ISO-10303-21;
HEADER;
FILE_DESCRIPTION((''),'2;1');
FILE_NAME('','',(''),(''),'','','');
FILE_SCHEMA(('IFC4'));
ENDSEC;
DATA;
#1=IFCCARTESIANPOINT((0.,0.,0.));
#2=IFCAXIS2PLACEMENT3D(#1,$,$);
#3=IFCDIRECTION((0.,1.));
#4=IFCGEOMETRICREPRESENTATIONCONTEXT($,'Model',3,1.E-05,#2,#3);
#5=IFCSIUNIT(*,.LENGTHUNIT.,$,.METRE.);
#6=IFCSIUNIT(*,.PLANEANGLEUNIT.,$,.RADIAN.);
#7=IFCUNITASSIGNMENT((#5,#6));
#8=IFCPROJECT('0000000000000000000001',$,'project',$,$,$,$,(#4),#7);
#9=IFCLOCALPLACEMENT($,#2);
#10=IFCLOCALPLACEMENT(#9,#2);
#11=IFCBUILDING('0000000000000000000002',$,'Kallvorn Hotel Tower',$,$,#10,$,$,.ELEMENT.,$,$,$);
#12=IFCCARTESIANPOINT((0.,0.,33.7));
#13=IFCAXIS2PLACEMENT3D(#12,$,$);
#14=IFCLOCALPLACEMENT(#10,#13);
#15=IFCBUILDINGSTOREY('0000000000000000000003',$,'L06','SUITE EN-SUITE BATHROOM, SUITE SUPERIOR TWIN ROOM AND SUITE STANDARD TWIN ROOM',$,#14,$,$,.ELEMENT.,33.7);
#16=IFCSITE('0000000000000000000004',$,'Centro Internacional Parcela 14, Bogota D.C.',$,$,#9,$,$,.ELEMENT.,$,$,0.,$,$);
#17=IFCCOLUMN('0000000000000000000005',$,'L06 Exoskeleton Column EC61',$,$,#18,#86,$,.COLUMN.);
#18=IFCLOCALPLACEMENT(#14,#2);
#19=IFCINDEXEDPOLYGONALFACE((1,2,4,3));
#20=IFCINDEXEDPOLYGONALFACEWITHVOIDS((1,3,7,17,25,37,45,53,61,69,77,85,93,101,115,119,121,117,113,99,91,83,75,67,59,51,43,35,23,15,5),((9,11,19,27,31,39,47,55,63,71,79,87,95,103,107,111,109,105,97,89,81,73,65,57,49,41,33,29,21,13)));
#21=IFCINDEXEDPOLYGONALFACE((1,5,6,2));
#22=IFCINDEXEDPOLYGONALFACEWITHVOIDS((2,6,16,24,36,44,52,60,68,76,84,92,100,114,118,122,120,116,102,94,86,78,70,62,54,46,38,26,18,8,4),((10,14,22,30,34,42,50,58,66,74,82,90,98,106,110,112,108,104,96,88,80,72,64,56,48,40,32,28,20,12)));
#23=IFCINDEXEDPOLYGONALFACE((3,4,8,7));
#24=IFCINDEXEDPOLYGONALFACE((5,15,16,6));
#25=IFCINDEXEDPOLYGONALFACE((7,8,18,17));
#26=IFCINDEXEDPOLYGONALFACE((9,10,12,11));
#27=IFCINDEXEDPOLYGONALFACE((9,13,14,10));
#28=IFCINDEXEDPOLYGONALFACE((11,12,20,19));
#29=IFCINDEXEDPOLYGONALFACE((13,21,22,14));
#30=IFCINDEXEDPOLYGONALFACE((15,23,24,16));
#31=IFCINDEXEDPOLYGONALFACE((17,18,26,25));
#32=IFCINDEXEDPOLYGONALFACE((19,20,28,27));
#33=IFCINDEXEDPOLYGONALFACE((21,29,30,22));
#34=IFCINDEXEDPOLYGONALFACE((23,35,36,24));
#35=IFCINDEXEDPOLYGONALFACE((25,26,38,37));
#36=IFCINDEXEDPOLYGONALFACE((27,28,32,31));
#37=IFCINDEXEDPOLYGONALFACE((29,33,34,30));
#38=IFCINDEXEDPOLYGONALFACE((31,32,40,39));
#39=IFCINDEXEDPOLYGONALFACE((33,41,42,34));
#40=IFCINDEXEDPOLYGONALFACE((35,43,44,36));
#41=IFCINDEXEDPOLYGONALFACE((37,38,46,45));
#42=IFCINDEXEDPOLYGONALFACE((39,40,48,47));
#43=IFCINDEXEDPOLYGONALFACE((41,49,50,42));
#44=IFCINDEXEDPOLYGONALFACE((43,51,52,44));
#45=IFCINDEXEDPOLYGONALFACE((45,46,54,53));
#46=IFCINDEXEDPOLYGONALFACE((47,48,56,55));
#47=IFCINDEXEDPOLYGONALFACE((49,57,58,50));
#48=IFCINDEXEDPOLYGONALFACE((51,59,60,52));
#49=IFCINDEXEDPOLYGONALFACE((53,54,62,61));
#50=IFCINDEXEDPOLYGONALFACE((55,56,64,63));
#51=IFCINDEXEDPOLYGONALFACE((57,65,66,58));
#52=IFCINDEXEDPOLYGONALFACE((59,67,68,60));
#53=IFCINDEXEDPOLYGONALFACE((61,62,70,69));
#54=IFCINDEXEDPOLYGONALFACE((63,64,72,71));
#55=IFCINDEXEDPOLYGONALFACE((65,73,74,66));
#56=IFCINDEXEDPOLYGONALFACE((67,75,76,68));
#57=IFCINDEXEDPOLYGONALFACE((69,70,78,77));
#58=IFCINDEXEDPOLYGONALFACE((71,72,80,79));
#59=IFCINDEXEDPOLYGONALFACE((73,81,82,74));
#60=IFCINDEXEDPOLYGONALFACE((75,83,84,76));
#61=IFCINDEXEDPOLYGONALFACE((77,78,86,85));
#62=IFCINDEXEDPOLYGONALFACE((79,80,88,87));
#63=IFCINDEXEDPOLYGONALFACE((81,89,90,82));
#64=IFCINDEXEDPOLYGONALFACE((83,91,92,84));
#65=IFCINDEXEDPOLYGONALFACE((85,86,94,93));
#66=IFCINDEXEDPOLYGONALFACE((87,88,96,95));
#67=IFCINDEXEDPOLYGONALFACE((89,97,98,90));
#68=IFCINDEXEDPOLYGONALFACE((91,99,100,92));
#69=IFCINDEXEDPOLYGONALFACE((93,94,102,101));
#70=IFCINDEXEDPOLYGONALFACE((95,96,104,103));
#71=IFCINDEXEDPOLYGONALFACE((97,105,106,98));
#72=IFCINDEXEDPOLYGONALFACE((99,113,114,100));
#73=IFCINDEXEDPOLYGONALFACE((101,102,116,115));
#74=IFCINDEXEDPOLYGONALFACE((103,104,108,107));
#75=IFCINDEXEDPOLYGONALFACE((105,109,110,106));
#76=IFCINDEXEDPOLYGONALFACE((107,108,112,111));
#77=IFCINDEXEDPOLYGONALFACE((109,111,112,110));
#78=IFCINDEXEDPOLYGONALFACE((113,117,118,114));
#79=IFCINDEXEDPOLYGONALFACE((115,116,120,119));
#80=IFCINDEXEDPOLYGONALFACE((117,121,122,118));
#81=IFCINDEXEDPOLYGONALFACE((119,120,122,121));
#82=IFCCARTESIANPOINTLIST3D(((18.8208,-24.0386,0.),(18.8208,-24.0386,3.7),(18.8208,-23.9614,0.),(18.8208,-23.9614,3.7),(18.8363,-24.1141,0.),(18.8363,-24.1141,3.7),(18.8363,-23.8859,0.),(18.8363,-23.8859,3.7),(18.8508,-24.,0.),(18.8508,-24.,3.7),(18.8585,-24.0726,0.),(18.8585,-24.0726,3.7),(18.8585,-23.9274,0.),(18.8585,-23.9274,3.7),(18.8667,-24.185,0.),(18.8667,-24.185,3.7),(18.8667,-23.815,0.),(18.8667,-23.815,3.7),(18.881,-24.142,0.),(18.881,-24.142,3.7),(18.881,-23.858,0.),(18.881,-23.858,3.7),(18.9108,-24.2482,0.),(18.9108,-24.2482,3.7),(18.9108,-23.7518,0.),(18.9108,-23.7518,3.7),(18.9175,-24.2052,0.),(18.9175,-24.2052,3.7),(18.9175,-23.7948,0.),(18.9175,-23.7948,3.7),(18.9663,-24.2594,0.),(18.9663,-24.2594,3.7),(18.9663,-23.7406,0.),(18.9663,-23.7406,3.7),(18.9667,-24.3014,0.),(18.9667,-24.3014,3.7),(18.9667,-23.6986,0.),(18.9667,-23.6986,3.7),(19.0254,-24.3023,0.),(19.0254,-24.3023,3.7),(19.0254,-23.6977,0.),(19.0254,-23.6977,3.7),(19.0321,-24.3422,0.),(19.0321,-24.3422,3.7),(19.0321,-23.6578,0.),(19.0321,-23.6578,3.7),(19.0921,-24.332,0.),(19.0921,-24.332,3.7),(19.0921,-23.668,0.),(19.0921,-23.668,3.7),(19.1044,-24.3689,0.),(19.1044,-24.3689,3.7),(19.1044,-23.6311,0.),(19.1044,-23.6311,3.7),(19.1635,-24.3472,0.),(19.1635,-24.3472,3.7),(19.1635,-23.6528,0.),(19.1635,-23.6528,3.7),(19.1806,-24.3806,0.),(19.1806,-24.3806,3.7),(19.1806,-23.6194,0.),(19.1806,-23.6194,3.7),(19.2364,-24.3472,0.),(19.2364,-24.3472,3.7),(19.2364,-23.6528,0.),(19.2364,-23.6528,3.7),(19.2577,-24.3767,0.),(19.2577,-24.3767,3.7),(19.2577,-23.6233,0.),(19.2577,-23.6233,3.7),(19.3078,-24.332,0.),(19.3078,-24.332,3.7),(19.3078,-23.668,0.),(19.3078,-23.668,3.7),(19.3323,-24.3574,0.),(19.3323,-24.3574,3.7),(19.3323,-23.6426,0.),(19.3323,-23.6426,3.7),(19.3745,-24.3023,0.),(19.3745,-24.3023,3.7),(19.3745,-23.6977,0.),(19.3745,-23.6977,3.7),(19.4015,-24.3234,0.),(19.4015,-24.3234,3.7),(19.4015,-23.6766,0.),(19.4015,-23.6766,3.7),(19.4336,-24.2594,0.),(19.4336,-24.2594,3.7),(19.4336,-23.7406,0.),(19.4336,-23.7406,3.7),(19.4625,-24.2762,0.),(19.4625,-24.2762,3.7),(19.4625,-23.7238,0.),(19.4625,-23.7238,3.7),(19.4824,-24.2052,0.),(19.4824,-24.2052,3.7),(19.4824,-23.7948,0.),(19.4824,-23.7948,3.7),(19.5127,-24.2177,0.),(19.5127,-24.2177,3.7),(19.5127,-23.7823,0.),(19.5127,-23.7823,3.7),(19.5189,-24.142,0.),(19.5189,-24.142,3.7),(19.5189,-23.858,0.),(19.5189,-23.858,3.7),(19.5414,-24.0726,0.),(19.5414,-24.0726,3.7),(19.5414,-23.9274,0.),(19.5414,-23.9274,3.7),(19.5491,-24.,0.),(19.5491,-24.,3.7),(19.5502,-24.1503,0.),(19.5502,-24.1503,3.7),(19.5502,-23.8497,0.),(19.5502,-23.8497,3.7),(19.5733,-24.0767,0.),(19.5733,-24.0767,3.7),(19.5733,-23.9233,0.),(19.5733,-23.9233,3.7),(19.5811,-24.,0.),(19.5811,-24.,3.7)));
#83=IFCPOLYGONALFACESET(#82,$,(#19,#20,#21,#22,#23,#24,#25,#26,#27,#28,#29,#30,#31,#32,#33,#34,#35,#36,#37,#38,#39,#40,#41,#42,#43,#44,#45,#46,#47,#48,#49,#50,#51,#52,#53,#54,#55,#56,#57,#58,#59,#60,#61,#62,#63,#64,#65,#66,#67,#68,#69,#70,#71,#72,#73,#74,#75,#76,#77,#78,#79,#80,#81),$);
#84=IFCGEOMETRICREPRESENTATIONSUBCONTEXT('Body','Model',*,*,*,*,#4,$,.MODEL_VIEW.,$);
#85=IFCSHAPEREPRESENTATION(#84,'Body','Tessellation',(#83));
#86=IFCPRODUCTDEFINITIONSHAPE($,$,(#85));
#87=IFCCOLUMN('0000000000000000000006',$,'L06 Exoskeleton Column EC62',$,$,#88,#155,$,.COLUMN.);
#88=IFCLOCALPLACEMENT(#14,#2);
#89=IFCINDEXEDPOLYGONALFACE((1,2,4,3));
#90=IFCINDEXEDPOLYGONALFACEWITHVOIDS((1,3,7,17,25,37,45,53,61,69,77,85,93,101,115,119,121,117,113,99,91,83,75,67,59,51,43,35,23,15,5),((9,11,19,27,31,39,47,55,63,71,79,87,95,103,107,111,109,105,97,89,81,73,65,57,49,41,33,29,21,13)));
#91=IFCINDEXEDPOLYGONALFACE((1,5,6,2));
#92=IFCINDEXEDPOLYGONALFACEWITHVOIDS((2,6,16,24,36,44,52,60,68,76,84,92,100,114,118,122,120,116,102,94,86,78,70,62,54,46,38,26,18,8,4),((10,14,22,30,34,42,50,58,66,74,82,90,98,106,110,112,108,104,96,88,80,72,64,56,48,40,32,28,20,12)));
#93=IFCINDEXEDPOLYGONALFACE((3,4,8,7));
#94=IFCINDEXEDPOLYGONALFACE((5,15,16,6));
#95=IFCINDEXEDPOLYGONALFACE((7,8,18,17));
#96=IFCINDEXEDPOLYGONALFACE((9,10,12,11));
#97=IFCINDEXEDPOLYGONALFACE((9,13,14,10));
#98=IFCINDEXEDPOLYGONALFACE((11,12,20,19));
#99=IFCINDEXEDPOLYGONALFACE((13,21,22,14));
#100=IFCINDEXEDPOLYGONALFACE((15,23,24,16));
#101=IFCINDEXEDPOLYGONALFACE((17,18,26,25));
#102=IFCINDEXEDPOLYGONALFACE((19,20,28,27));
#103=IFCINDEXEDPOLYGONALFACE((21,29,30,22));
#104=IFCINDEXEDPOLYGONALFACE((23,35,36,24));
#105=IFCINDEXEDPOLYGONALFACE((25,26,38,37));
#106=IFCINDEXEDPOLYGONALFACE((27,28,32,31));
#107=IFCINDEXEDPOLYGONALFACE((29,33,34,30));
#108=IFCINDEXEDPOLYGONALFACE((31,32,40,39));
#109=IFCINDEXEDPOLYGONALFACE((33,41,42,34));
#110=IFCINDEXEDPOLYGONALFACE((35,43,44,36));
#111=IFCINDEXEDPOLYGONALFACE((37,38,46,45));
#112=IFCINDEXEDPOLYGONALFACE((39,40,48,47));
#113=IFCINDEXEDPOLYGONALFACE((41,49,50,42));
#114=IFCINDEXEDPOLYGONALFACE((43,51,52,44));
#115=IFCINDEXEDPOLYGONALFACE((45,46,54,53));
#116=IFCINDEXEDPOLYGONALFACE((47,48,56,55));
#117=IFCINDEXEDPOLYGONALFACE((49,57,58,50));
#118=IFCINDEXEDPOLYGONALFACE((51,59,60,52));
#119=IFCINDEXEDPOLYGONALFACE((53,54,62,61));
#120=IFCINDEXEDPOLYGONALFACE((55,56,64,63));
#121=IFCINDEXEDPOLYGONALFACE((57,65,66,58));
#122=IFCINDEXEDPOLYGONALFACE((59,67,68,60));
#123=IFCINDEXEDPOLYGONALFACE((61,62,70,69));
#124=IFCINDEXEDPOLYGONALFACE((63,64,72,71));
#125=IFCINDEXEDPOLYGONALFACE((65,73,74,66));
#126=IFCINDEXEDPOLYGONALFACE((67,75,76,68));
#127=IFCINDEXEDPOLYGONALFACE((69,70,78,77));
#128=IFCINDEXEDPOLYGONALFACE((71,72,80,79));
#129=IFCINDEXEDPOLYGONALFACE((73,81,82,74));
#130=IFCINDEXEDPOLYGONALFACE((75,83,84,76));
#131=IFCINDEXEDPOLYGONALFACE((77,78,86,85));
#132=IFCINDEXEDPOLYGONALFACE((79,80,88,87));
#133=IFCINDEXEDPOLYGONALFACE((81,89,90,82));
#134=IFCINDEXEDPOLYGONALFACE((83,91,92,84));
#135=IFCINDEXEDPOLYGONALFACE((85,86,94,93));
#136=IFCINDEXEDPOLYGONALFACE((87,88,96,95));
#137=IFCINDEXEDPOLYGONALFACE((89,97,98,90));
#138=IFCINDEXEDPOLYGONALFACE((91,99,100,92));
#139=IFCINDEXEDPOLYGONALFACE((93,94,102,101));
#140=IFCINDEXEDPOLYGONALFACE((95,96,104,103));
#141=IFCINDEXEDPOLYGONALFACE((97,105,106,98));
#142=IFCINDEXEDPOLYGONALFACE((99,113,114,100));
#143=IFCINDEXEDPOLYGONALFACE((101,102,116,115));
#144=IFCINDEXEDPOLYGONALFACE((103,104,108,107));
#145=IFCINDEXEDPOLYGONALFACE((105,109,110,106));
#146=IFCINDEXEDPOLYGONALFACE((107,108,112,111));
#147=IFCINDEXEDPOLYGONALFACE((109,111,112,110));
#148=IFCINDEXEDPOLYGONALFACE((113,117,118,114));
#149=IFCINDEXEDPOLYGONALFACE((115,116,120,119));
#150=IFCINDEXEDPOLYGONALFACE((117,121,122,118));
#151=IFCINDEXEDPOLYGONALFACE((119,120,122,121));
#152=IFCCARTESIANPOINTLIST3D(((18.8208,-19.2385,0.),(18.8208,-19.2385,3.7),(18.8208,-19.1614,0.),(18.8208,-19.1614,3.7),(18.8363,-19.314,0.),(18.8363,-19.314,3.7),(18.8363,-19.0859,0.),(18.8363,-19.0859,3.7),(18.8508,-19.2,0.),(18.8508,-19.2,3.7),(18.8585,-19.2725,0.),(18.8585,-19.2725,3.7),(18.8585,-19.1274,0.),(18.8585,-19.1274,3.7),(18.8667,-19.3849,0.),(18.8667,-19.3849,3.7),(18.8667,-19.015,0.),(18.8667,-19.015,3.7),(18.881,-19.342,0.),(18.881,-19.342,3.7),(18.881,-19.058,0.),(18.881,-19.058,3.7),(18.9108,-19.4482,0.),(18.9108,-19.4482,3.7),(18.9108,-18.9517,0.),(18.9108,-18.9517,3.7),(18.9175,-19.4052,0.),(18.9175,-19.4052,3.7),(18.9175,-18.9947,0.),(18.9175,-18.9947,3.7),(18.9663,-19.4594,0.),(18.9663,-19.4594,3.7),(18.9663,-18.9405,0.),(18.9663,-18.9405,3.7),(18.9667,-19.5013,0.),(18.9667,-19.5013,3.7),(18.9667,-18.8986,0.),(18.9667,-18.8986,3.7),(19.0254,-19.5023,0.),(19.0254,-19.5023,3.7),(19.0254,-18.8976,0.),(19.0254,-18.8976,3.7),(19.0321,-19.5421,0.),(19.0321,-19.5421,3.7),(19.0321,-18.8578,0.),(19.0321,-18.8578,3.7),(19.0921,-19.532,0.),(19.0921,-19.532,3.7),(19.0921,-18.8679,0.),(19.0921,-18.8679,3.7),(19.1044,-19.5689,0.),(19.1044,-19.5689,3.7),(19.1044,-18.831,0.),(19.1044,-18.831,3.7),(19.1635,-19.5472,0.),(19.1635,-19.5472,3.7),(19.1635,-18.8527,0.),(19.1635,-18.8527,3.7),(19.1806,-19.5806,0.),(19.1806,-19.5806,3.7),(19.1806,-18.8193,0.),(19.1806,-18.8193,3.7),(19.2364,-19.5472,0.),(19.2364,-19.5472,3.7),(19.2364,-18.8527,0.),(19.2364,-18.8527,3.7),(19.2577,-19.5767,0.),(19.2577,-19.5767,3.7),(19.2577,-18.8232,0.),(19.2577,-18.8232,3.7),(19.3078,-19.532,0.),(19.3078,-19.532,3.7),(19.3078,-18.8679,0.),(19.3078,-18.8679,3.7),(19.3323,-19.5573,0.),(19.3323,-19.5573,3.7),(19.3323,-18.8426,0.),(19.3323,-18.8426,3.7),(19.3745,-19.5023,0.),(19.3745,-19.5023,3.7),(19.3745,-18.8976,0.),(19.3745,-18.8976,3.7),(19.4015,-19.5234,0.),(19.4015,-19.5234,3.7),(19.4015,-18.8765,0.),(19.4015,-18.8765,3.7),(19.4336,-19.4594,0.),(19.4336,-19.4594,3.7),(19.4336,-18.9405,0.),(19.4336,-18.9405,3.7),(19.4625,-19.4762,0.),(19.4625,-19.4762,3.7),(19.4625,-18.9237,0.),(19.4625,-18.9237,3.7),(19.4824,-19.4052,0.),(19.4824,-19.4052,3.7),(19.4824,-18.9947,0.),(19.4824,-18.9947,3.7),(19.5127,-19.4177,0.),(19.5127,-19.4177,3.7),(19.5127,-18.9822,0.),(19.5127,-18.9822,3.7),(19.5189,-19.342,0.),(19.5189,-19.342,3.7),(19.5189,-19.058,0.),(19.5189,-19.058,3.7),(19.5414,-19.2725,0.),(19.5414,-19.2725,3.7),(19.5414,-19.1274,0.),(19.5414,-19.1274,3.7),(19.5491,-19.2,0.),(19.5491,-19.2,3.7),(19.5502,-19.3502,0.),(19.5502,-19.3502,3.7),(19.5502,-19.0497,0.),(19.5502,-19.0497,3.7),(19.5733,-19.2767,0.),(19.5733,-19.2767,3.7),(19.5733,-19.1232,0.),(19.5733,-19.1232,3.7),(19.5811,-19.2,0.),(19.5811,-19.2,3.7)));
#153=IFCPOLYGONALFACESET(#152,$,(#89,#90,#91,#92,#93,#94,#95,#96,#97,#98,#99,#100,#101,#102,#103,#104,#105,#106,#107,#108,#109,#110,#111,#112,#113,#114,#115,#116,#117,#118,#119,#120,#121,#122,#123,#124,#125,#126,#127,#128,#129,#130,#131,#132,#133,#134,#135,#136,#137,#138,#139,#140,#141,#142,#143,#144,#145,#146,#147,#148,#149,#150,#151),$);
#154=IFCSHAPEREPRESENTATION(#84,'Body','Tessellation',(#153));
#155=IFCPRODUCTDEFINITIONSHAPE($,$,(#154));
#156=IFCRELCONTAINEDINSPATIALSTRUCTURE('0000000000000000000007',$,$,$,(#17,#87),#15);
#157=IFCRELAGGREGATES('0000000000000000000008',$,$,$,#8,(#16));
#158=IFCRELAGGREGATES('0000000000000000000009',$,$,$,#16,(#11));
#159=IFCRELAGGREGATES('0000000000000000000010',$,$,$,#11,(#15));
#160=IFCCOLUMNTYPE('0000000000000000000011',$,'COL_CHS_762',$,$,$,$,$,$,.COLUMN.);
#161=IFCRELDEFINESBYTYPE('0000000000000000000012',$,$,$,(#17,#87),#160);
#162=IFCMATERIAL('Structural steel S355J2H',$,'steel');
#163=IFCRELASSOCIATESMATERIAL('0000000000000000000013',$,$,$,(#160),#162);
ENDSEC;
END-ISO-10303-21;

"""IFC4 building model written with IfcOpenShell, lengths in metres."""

from ifc_helpers import new_model, si_unit, direction, frame, origin, origin_2d, place, context, subcontext, project, spatial, hollow_circle, extrude, material, material_profile, profile_set, type_object, element, save


model = new_model("IFC4")

# Units and contexts
model_context = context("Model", 3, precision=1e-05, world=origin(), true_north=direction((0.0, 1.0)))
body_context = subcontext(model_context, "Body", "Model", "MODEL_VIEW")
ifc_project = project(units=[si_unit("LENGTHUNIT", "METRE"), si_unit("PLANEANGLEUNIT", "RADIAN")], contexts=[model_context])

# Site, building, storey
site_placement = place(None, origin())
site = spatial("IfcSite", under=ifc_project, at=site_placement, Name="Centro Internacional Parcela 14, Bogota D.C.", CompositionType="ELEMENT", RefElevation=0.0)
building_placement = place(site_placement, origin())
building = spatial("IfcBuilding", under=site, at=building_placement, Name="Kallvorn Hotel Tower", CompositionType="ELEMENT")
storey_placement = place(building_placement, frame((0.0, 0.0, 33.7)))
storey = spatial("IfcBuildingStorey", under=building, at=storey_placement, Name="L06", Description="SUITE EN-SUITE BATHROOM, SUITE SUPERIOR TWIN ROOM AND SUITE STANDARD TWIN ROOM", CompositionType="ELEMENT", Elevation=33.7)

# Columns
ifc_material_1 = material(Name="Structural steel S355J2H", Category="steel")
ifc_material_profile_1 = material_profile(ifc_material_1, hollow_circle(Radius=0.3811, WallThickness=0.032, at=origin_2d()), Name="CHS 762x32")
ifc_profile_set_1 = profile_set([ifc_material_profile_1], Name="Structural steel S355J2H")
column_type_1 = type_object("IfcColumnType", Name="COL_CHS_762", PredefinedType="COLUMN", material=ifc_profile_set_1)
for number, where, z_axis, x_axis, name in (
    (1, (19.2, -24.0, 0.0), (0.0, 0.0, 1.0), (1.0, 0.0, 0.0), "L06 Exoskeleton Column EC61"),
    (2, (19.2, -19.2, 0.0), (0.0, 0.0, 1.0), (1.0, 0.0, 0.0), "L06 Exoskeleton Column EC62"),
):
    element("IfcColumn", number, at=place(storey_placement, frame(where, z_axis=z_axis, x_axis=x_axis)), inside=storey, type_object=column_type_1, Name=name, PredefinedType="COLUMN", context=body_context, shape_type="SweptSolid", body=[
        extrude(hollow_circle(Radius=0.3811, WallThickness=0.032, at=origin_2d()), origin(), (0.0, 0.0, 1.0), 3.7),
    ])

save(model, "model.ifc")
